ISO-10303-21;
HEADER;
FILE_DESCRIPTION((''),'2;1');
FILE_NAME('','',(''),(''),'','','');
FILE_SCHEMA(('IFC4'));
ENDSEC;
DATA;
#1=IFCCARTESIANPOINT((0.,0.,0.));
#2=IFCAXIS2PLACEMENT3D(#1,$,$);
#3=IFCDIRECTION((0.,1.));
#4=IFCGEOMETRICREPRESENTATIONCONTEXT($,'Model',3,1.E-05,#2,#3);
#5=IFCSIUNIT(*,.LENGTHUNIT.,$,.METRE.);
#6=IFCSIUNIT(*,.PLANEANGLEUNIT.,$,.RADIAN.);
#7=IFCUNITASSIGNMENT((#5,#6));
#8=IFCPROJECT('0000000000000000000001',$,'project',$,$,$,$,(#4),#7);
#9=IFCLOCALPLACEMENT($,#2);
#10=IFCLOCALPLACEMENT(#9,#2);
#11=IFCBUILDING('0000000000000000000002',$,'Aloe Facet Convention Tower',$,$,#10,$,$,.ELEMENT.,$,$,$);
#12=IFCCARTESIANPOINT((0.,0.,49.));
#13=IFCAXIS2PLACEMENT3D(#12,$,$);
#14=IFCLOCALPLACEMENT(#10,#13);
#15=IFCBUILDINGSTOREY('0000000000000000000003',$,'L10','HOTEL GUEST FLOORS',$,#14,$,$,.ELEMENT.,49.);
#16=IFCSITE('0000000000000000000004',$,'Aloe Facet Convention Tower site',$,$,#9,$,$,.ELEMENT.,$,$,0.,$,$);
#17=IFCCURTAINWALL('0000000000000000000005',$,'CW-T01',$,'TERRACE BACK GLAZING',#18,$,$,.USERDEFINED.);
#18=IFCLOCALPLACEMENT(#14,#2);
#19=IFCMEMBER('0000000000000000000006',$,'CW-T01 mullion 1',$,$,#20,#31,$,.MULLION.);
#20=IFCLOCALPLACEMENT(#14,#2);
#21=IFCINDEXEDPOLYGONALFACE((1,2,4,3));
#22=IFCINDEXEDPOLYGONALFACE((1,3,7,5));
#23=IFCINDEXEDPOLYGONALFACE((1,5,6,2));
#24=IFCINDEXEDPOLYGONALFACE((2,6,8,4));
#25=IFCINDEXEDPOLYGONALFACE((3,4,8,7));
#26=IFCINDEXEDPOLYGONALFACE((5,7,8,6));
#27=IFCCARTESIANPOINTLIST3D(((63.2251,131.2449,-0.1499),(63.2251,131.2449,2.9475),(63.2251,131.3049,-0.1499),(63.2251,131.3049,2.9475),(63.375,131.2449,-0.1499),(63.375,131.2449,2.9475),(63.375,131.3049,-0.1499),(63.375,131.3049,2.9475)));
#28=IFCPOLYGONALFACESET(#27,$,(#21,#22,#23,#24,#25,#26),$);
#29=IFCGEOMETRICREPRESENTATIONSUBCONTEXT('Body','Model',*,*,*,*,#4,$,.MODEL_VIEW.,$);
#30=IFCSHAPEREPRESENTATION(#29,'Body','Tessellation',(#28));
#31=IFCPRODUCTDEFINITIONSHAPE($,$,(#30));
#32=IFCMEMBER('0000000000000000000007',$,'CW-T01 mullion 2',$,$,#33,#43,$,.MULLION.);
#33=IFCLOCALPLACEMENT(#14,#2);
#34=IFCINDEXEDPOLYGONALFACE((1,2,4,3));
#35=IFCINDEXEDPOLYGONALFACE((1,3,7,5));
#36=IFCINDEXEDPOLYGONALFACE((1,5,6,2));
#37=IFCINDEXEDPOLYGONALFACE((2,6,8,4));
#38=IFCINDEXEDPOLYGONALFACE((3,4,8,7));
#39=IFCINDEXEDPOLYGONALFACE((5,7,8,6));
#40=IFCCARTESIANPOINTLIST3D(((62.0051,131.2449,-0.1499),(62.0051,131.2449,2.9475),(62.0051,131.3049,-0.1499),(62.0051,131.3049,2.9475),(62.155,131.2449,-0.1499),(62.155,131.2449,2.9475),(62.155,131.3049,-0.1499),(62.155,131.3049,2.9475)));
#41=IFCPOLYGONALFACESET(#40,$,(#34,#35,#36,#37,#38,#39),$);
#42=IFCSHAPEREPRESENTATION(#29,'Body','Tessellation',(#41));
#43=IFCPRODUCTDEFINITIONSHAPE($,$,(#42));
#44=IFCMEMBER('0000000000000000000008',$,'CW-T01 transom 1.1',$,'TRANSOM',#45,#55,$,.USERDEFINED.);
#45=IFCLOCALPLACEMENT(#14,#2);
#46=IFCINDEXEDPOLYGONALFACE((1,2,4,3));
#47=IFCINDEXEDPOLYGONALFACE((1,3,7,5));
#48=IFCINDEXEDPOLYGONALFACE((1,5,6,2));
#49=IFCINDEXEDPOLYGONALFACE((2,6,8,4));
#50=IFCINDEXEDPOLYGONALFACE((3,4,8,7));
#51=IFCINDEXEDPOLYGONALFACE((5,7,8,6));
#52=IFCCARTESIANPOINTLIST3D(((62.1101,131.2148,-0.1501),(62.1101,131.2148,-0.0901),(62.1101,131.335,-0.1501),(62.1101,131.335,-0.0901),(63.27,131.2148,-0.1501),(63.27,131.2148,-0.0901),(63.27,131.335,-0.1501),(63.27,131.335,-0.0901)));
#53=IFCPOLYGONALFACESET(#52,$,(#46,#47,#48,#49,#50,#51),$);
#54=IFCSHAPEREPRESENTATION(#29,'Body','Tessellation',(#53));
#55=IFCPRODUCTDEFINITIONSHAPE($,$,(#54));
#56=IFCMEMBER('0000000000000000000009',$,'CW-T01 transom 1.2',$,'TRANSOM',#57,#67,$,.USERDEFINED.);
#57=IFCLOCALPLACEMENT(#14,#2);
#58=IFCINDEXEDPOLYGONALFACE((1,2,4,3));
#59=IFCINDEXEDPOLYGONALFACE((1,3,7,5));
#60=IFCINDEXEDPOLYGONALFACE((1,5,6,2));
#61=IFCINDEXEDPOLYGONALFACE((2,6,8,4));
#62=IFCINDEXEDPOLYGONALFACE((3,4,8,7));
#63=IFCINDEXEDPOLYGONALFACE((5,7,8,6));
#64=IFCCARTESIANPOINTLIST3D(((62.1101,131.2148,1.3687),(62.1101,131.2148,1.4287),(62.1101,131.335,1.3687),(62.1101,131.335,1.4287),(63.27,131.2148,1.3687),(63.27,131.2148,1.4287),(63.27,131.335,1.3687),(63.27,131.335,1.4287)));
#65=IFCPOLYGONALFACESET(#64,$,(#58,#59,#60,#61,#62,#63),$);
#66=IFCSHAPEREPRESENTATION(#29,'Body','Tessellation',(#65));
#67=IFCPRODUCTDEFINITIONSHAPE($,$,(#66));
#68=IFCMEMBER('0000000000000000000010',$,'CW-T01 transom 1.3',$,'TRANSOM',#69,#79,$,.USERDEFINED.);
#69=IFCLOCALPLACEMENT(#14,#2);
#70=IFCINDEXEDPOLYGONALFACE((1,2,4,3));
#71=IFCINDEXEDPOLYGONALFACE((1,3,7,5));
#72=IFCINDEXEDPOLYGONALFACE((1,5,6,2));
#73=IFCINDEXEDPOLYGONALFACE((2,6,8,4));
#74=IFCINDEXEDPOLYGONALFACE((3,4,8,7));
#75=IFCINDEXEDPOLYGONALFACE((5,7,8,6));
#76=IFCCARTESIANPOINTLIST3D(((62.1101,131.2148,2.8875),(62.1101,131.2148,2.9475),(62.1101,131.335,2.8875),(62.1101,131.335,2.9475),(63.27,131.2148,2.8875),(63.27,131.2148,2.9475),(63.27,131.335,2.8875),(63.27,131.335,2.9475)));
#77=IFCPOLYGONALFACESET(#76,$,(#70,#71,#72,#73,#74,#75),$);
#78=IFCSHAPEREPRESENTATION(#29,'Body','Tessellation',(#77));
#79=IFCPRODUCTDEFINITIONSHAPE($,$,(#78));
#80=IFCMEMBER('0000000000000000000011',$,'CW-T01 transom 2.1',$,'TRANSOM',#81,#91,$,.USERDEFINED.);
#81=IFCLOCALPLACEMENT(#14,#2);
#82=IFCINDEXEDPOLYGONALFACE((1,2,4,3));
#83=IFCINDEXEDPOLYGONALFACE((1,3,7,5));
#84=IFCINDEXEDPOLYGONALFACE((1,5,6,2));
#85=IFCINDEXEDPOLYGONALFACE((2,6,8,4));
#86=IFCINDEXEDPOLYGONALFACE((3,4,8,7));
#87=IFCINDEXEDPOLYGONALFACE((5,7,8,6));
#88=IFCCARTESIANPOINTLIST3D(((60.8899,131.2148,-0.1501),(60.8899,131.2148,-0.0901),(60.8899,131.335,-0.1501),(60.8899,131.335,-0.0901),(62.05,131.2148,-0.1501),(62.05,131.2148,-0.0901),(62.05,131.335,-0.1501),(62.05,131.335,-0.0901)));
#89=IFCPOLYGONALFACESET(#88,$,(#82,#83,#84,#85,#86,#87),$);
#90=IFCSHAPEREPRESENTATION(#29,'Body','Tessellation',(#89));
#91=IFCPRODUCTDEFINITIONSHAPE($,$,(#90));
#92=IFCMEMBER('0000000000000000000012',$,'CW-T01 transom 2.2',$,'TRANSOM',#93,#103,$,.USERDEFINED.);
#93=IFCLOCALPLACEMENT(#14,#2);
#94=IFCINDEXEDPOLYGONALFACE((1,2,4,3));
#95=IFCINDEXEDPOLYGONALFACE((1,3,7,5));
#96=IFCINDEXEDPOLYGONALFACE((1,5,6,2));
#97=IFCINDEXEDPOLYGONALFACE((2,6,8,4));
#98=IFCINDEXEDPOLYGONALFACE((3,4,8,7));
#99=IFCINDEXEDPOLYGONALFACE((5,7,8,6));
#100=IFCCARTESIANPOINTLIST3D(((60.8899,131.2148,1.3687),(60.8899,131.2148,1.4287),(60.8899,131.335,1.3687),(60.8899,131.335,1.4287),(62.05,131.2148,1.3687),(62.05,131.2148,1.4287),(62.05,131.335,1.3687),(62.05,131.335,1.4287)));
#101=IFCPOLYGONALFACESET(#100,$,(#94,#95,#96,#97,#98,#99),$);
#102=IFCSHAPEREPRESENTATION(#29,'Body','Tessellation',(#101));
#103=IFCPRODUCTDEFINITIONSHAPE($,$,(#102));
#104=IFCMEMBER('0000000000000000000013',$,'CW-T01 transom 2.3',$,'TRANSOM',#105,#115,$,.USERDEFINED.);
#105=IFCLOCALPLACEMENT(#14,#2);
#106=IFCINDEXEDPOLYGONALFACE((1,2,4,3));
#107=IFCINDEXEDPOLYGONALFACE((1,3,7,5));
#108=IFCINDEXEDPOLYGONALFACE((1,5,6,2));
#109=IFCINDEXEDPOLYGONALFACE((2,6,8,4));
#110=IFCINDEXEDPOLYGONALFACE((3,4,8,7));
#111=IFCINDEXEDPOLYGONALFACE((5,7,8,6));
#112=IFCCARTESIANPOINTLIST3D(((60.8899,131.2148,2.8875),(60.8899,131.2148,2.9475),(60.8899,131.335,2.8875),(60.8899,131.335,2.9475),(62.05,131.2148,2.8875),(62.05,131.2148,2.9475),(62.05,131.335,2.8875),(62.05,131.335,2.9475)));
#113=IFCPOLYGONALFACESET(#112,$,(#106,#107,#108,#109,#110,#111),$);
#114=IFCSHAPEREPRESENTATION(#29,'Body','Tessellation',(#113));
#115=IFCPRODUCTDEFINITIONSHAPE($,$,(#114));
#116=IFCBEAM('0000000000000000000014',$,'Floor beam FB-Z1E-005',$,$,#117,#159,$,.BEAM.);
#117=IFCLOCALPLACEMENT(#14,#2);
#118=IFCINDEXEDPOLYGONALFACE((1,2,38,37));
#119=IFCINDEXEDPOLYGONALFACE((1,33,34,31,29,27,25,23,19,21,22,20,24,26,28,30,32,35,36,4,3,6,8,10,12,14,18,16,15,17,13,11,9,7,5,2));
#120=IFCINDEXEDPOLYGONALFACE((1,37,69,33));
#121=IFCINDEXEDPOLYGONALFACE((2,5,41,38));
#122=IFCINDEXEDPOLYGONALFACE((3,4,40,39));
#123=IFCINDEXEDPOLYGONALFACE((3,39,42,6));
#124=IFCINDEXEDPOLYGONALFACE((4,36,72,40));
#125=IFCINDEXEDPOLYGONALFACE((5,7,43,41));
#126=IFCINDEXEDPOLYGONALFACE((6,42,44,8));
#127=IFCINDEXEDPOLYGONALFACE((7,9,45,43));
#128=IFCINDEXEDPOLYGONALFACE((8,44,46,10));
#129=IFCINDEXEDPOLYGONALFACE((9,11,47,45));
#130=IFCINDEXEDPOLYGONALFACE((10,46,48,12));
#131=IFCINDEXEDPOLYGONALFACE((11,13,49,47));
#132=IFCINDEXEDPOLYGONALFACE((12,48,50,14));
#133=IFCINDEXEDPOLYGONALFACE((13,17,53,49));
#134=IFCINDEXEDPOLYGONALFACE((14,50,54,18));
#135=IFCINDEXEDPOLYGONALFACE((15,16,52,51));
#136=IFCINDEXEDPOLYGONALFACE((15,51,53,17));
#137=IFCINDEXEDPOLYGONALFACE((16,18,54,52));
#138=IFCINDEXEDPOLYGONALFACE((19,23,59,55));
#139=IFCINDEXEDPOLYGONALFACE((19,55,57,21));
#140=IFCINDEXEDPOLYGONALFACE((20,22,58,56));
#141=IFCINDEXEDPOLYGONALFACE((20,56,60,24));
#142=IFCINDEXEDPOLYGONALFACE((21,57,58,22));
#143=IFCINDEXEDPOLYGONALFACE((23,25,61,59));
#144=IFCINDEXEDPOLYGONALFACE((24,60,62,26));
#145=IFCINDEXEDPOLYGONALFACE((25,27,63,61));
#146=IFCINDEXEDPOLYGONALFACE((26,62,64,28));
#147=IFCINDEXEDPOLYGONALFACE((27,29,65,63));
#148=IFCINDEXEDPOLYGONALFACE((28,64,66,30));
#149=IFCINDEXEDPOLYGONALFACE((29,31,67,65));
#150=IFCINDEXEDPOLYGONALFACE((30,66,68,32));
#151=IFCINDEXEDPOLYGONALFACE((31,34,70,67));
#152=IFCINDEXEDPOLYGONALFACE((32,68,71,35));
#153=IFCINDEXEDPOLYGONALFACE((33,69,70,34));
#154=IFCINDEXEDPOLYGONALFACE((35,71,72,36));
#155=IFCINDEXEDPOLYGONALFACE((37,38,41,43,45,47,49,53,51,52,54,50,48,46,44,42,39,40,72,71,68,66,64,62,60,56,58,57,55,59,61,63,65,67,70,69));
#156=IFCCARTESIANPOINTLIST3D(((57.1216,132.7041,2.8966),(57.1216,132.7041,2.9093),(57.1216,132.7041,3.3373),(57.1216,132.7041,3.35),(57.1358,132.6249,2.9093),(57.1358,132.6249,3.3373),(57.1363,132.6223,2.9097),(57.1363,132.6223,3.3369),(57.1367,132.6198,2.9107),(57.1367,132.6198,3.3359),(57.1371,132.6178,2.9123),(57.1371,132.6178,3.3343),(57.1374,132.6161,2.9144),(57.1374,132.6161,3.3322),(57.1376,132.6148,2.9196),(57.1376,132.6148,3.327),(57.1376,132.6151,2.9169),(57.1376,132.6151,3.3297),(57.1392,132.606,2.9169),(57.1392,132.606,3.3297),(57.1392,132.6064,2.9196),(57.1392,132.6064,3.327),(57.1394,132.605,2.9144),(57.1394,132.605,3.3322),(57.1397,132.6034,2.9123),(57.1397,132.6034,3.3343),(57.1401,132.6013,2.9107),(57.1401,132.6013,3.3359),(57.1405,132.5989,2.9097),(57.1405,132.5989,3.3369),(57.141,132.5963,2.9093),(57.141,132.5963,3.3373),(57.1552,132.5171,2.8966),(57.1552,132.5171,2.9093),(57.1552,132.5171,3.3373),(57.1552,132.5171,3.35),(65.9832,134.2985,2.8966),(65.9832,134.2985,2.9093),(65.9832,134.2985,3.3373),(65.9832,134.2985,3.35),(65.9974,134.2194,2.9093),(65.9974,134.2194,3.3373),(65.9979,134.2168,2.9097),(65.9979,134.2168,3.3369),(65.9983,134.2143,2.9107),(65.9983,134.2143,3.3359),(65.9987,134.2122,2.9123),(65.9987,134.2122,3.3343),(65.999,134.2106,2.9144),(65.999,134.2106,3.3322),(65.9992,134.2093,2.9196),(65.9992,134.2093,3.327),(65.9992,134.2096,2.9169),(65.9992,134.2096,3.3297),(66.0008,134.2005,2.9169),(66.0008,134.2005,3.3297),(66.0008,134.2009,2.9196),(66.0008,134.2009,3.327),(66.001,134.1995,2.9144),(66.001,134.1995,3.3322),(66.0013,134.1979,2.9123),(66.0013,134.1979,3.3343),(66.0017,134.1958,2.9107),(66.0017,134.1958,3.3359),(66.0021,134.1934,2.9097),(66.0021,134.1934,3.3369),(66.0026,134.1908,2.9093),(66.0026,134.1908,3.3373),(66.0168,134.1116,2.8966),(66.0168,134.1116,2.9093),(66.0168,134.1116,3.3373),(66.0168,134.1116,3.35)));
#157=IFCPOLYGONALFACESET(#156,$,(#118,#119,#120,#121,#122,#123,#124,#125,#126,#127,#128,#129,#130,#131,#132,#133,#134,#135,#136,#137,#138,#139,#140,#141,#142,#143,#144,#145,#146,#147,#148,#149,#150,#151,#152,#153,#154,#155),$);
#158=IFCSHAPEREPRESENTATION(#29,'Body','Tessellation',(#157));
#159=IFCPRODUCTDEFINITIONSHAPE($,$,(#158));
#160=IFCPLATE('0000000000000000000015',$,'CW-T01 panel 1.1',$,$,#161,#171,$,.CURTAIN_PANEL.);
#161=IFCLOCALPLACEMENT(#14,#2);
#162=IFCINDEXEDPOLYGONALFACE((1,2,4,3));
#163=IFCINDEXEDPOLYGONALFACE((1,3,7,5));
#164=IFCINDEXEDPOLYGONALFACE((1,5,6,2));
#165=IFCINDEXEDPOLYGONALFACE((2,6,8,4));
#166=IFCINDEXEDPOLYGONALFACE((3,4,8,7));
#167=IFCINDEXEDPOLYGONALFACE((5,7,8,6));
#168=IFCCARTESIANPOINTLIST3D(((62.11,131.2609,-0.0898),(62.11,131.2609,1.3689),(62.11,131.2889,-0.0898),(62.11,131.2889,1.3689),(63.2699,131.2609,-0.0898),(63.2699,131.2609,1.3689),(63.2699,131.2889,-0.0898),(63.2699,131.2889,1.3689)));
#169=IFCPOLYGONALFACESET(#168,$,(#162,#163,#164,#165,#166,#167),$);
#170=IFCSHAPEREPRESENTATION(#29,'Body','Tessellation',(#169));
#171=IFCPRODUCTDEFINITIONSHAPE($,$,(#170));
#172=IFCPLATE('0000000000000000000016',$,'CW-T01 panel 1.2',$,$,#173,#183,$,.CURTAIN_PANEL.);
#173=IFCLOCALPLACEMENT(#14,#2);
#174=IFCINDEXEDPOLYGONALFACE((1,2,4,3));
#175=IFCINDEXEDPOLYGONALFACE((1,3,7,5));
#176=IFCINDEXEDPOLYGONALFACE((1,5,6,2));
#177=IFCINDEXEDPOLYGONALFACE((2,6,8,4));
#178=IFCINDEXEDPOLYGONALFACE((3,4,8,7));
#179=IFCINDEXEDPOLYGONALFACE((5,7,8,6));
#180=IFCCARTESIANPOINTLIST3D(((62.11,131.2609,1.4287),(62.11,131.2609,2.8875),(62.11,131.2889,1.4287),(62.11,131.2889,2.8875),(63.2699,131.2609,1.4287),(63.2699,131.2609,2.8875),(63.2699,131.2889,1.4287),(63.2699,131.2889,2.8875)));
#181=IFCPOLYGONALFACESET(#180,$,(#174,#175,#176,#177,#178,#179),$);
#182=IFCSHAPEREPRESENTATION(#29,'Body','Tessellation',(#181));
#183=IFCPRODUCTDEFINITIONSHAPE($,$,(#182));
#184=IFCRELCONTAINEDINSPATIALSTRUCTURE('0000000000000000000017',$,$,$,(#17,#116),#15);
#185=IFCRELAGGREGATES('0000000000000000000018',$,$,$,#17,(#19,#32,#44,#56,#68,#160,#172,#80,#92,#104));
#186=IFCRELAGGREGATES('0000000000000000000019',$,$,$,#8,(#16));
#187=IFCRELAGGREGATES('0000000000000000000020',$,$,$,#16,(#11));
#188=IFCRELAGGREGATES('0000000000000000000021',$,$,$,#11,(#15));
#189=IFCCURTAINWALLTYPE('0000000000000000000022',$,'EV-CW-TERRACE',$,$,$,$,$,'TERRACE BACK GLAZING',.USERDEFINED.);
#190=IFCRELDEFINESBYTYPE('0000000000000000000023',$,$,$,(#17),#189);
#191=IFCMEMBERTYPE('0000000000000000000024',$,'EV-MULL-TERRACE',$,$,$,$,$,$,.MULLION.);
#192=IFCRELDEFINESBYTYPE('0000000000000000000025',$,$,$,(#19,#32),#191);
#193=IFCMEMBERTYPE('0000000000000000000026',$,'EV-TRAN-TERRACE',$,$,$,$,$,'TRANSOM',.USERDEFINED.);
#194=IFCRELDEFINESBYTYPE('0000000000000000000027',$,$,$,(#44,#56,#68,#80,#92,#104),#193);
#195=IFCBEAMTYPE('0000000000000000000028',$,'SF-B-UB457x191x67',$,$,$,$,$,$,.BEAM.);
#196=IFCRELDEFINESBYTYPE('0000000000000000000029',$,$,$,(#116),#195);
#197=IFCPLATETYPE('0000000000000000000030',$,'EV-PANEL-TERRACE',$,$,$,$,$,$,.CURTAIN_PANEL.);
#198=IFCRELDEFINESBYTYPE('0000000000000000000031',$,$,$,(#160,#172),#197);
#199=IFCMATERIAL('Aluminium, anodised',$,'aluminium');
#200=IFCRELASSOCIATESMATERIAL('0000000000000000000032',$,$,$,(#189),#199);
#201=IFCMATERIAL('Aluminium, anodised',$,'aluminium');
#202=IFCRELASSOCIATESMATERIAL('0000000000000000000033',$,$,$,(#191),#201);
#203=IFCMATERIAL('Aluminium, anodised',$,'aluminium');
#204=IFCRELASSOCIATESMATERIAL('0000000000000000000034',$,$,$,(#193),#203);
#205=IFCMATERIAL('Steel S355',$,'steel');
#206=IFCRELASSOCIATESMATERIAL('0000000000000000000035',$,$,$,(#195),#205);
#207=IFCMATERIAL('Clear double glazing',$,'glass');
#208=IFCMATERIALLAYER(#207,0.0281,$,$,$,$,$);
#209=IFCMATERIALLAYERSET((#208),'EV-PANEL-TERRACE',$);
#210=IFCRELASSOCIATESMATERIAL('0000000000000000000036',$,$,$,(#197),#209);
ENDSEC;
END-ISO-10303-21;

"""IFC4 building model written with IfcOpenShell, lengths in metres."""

from ifc_helpers import new_model, si_unit, direction, frame, origin, origin_2d, place, context, subcontext, project, spatial, rectangle, i_section, extrude, material, layer, layer_set, material_profile, profile_set, type_object, element, aggregate, save


model = new_model("IFC4")

# Units and contexts
model_context = context("Model", 3, precision=1e-05, world=origin(), true_north=direction((0.0, 1.0)))
body_context = subcontext(model_context, "Body", "Model", "MODEL_VIEW")
ifc_project = project(units=[si_unit("LENGTHUNIT", "METRE"), si_unit("PLANEANGLEUNIT", "RADIAN")], contexts=[model_context])

# Site, building, storey
site_placement = place(None, origin())
site = spatial("IfcSite", under=ifc_project, at=site_placement, Name="Aloe Facet Convention Tower site", CompositionType="ELEMENT", RefElevation=0.0)
building_placement = place(site_placement, origin())
building = spatial("IfcBuilding", under=site, at=building_placement, Name="Aloe Facet Convention Tower", CompositionType="ELEMENT")
storey_placement = place(building_placement, frame((0.0, 0.0, 49.0)))
storey = spatial("IfcBuildingStorey", under=building, at=storey_placement, Name="L10", Description="HOTEL GUEST FLOORS", CompositionType="ELEMENT", Elevation=49.0)

# Curtain wall, members
ifc_material_1 = material(Name="Aluminium, anodised", Category="aluminium")
curtain_wall_type = type_object("IfcCurtainWallType", Name="EV-CW-TERRACE", ElementType="TERRACE BACK GLAZING", PredefinedType="USERDEFINED", material=ifc_material_1)
curtain_wall_placement = place(storey_placement, origin())
curtain_wall = element("IfcCurtainWall", 1, at=curtain_wall_placement, inside=storey, type_object=curtain_wall_type, Name="CW-T01", ObjectType="TERRACE BACK GLAZING", PredefinedType="USERDEFINED")
ifc_material_2 = material(Name="Aluminium, anodised", Category="aluminium")
ifc_material_profile_1 = material_profile(ifc_material_2, rectangle(XDim=0.0601, YDim=0.1499, at=origin_2d()), Name="AL 60x150")
ifc_profile_set_1 = profile_set([ifc_material_profile_1], Name="Aluminium, anodised")
member_type_1 = type_object("IfcMemberType", Name="EV-MULL-TERRACE", PredefinedType="MULLION", material=ifc_profile_set_1)
member_1_placement = place(storey_placement, frame((63.3, 131.2749, -0.1499), z_axis=(0.0, 0.0, 1.0), x_axis=(0.0, -1.0, 0.0)))
member_1 = element("IfcMember", 2, at=member_1_placement, type_object=member_type_1, Name="CW-T01 mullion 1", PredefinedType="MULLION", context=body_context, shape_type="SweptSolid", body=[
    extrude(rectangle(XDim=0.0601, YDim=0.1499, at=origin_2d()), origin(), (0.0, 0.0, 1.0), 3.0974),
])
member_2_placement = place(storey_placement, frame((62.0801, 131.2749, -0.1499), z_axis=(0.0, 0.0, 1.0), x_axis=(0.0, -1.0, 0.0)))
member_2 = element("IfcMember", 3, at=member_2_placement, type_object=member_type_1, Name="CW-T01 mullion 2", PredefinedType="MULLION", context=body_context, shape_type="SweptSolid", body=[
    extrude(rectangle(XDim=0.0601, YDim=0.1499, at=origin_2d()), origin(), (0.0, 0.0, 1.0), 3.0974),
])
ifc_material_3 = material(Name="Aluminium, anodised", Category="aluminium")
ifc_material_profile_2 = material_profile(ifc_material_3, rectangle(XDim=0.1201, YDim=0.0601, at=origin_2d()), Name="AL 120x60")
ifc_profile_set_2 = profile_set([ifc_material_profile_2], Name="Aluminium, anodised")
member_type_2 = type_object("IfcMemberType", Name="EV-TRAN-TERRACE", ElementType="TRANSOM", PredefinedType="USERDEFINED", material=ifc_profile_set_2)
member_3_placement = place(storey_placement, frame((63.27, 131.2749, -0.1201), z_axis=(-1.0, 0.0, 0.0), x_axis=(0.0, -1.0, 0.0)))
member_3 = element("IfcMember", 4, at=member_3_placement, type_object=member_type_2, Name="CW-T01 transom 1.1", ObjectType="TRANSOM", PredefinedType="USERDEFINED", context=body_context, shape_type="SweptSolid", body=[
    extrude(rectangle(XDim=0.1201, YDim=0.0601, at=origin_2d()), origin(), (0.0, 0.0, 1.0), 1.1599),
])
member_4_placement = place(storey_placement, frame((63.27, 131.2749, 1.3987), z_axis=(-1.0, 0.0, 0.0), x_axis=(0.0, -1.0, 0.0)))
member_4 = element("IfcMember", 5, at=member_4_placement, type_object=member_type_2, Name="CW-T01 transom 1.2", ObjectType="TRANSOM", PredefinedType="USERDEFINED", context=body_context, shape_type="SweptSolid", body=[
    extrude(rectangle(XDim=0.1201, YDim=0.0601, at=origin_2d()), origin(), (0.0, 0.0, 1.0), 1.1599),
])
member_5_placement = place(storey_placement, frame((63.27, 131.2749, 2.9175), z_axis=(-1.0, 0.0, 0.0), x_axis=(0.0, -1.0, 0.0)))
member_5 = element("IfcMember", 6, at=member_5_placement, type_object=member_type_2, Name="CW-T01 transom 1.3", ObjectType="TRANSOM", PredefinedType="USERDEFINED", context=body_context, shape_type="SweptSolid", body=[
    extrude(rectangle(XDim=0.1201, YDim=0.0601, at=origin_2d()), origin(), (0.0, 0.0, 1.0), 1.1599),
])
member_6_placement = place(storey_placement, frame((62.05, 131.2749, -0.1201), z_axis=(-1.0, 0.0, 0.0), x_axis=(0.0, -1.0, 0.0)))
member_6 = element("IfcMember", 7, at=member_6_placement, type_object=member_type_2, Name="CW-T01 transom 2.1", ObjectType="TRANSOM", PredefinedType="USERDEFINED", context=body_context, shape_type="SweptSolid", body=[
    extrude(rectangle(XDim=0.1201, YDim=0.0601, at=origin_2d()), origin(), (0.0, 0.0, 1.0), 1.1602),
])
member_7_placement = place(storey_placement, frame((62.05, 131.2749, 1.3987), z_axis=(-1.0, 0.0, 0.0), x_axis=(0.0, -1.0, 0.0)))
member_7 = element("IfcMember", 8, at=member_7_placement, type_object=member_type_2, Name="CW-T01 transom 2.2", ObjectType="TRANSOM", PredefinedType="USERDEFINED", context=body_context, shape_type="SweptSolid", body=[
    extrude(rectangle(XDim=0.1201, YDim=0.0601, at=origin_2d()), origin(), (0.0, 0.0, 1.0), 1.1602),
])
member_8_placement = place(storey_placement, frame((62.05, 131.2749, 2.9175), z_axis=(-1.0, 0.0, 0.0), x_axis=(0.0, -1.0, 0.0)))
member_8 = element("IfcMember", 9, at=member_8_placement, type_object=member_type_2, Name="CW-T01 transom 2.3", ObjectType="TRANSOM", PredefinedType="USERDEFINED", context=body_context, shape_type="SweptSolid", body=[
    extrude(rectangle(XDim=0.1201, YDim=0.0601, at=origin_2d()), origin(), (0.0, 0.0, 1.0), 1.1602),
])

# Beam
ifc_material_4 = material(Name="Steel S355", Category="steel")
ifc_material_profile_3 = material_profile(ifc_material_4, i_section(OverallWidth=0.1899, OverallDepth=0.4534, WebThickness=0.0085, FlangeThickness=0.0127, FilletRadius=0.0103, at=origin_2d()), Name="UB 457x191x67")
ifc_profile_set_3 = profile_set([ifc_material_profile_3], Name="Steel S355")
beam_type = type_object("IfcBeamType", Name="SF-B-UB457x191x67", PredefinedType="BEAM", material=ifc_profile_set_3)
beam_placement = place(storey_placement, frame((66.0, 134.2051, 3.1233), z_axis=(-0.984195, -0.177088, 0.0), x_axis=(0.177088, -0.984195, 0.0)))
element("IfcBeam", 10, at=beam_placement, inside=storey, type_object=beam_type, Name="Floor beam FB-Z1E-005", PredefinedType="BEAM", context=body_context, shape_type="SweptSolid", body=[
    extrude(i_section(OverallWidth=0.1899, OverallDepth=0.4534, WebThickness=0.0085, FlangeThickness=0.0127, FilletRadius=0.0103, at=origin_2d()), origin(), (0.0, 0.0, 1.0), 9.0039),
])

# Plates
ifc_material_5 = material(Name="Clear double glazing", Category="glass")
ifc_layer_1 = layer(ifc_material_5, 0.0281)
ifc_layer_set_1 = layer_set([ifc_layer_1], Name="EV-PANEL-TERRACE")
plate_type = type_object("IfcPlateType", Name="EV-PANEL-TERRACE", PredefinedType="CURTAIN_PANEL", material=ifc_layer_set_1)
plate_1_placement = place(storey_placement, frame((62.6899, 131.2749, -0.0898), z_axis=(0.0, 0.0, 1.0), x_axis=(-1.0, 0.0, 0.0)))
plate_1 = element("IfcPlate", 11, at=plate_1_placement, type_object=plate_type, Name="CW-T01 panel 1.1", PredefinedType="CURTAIN_PANEL", context=body_context, shape_type="SweptSolid", body=[
    extrude(rectangle(XDim=1.1599, YDim=0.0281, at=origin_2d()), origin(), (0.0, 0.0, 1.0), 1.4587),
])
plate_2_placement = place(storey_placement, frame((62.6899, 131.2749, 1.4287), z_axis=(0.0, 0.0, 1.0), x_axis=(-1.0, 0.0, 0.0)))
plate_2 = element("IfcPlate", 12, at=plate_2_placement, type_object=plate_type, Name="CW-T01 panel 1.2", PredefinedType="CURTAIN_PANEL", context=body_context, shape_type="SweptSolid", body=[
    extrude(rectangle(XDim=1.1599, YDim=0.0281, at=origin_2d()), origin(), (0.0, 0.0, 1.0), 1.4587),
])
aggregate(curtain_wall, [member_1, member_2, member_3, member_4, member_5, plate_1, plate_2, member_6, member_7, member_8])

save(model, "model.ifc")
